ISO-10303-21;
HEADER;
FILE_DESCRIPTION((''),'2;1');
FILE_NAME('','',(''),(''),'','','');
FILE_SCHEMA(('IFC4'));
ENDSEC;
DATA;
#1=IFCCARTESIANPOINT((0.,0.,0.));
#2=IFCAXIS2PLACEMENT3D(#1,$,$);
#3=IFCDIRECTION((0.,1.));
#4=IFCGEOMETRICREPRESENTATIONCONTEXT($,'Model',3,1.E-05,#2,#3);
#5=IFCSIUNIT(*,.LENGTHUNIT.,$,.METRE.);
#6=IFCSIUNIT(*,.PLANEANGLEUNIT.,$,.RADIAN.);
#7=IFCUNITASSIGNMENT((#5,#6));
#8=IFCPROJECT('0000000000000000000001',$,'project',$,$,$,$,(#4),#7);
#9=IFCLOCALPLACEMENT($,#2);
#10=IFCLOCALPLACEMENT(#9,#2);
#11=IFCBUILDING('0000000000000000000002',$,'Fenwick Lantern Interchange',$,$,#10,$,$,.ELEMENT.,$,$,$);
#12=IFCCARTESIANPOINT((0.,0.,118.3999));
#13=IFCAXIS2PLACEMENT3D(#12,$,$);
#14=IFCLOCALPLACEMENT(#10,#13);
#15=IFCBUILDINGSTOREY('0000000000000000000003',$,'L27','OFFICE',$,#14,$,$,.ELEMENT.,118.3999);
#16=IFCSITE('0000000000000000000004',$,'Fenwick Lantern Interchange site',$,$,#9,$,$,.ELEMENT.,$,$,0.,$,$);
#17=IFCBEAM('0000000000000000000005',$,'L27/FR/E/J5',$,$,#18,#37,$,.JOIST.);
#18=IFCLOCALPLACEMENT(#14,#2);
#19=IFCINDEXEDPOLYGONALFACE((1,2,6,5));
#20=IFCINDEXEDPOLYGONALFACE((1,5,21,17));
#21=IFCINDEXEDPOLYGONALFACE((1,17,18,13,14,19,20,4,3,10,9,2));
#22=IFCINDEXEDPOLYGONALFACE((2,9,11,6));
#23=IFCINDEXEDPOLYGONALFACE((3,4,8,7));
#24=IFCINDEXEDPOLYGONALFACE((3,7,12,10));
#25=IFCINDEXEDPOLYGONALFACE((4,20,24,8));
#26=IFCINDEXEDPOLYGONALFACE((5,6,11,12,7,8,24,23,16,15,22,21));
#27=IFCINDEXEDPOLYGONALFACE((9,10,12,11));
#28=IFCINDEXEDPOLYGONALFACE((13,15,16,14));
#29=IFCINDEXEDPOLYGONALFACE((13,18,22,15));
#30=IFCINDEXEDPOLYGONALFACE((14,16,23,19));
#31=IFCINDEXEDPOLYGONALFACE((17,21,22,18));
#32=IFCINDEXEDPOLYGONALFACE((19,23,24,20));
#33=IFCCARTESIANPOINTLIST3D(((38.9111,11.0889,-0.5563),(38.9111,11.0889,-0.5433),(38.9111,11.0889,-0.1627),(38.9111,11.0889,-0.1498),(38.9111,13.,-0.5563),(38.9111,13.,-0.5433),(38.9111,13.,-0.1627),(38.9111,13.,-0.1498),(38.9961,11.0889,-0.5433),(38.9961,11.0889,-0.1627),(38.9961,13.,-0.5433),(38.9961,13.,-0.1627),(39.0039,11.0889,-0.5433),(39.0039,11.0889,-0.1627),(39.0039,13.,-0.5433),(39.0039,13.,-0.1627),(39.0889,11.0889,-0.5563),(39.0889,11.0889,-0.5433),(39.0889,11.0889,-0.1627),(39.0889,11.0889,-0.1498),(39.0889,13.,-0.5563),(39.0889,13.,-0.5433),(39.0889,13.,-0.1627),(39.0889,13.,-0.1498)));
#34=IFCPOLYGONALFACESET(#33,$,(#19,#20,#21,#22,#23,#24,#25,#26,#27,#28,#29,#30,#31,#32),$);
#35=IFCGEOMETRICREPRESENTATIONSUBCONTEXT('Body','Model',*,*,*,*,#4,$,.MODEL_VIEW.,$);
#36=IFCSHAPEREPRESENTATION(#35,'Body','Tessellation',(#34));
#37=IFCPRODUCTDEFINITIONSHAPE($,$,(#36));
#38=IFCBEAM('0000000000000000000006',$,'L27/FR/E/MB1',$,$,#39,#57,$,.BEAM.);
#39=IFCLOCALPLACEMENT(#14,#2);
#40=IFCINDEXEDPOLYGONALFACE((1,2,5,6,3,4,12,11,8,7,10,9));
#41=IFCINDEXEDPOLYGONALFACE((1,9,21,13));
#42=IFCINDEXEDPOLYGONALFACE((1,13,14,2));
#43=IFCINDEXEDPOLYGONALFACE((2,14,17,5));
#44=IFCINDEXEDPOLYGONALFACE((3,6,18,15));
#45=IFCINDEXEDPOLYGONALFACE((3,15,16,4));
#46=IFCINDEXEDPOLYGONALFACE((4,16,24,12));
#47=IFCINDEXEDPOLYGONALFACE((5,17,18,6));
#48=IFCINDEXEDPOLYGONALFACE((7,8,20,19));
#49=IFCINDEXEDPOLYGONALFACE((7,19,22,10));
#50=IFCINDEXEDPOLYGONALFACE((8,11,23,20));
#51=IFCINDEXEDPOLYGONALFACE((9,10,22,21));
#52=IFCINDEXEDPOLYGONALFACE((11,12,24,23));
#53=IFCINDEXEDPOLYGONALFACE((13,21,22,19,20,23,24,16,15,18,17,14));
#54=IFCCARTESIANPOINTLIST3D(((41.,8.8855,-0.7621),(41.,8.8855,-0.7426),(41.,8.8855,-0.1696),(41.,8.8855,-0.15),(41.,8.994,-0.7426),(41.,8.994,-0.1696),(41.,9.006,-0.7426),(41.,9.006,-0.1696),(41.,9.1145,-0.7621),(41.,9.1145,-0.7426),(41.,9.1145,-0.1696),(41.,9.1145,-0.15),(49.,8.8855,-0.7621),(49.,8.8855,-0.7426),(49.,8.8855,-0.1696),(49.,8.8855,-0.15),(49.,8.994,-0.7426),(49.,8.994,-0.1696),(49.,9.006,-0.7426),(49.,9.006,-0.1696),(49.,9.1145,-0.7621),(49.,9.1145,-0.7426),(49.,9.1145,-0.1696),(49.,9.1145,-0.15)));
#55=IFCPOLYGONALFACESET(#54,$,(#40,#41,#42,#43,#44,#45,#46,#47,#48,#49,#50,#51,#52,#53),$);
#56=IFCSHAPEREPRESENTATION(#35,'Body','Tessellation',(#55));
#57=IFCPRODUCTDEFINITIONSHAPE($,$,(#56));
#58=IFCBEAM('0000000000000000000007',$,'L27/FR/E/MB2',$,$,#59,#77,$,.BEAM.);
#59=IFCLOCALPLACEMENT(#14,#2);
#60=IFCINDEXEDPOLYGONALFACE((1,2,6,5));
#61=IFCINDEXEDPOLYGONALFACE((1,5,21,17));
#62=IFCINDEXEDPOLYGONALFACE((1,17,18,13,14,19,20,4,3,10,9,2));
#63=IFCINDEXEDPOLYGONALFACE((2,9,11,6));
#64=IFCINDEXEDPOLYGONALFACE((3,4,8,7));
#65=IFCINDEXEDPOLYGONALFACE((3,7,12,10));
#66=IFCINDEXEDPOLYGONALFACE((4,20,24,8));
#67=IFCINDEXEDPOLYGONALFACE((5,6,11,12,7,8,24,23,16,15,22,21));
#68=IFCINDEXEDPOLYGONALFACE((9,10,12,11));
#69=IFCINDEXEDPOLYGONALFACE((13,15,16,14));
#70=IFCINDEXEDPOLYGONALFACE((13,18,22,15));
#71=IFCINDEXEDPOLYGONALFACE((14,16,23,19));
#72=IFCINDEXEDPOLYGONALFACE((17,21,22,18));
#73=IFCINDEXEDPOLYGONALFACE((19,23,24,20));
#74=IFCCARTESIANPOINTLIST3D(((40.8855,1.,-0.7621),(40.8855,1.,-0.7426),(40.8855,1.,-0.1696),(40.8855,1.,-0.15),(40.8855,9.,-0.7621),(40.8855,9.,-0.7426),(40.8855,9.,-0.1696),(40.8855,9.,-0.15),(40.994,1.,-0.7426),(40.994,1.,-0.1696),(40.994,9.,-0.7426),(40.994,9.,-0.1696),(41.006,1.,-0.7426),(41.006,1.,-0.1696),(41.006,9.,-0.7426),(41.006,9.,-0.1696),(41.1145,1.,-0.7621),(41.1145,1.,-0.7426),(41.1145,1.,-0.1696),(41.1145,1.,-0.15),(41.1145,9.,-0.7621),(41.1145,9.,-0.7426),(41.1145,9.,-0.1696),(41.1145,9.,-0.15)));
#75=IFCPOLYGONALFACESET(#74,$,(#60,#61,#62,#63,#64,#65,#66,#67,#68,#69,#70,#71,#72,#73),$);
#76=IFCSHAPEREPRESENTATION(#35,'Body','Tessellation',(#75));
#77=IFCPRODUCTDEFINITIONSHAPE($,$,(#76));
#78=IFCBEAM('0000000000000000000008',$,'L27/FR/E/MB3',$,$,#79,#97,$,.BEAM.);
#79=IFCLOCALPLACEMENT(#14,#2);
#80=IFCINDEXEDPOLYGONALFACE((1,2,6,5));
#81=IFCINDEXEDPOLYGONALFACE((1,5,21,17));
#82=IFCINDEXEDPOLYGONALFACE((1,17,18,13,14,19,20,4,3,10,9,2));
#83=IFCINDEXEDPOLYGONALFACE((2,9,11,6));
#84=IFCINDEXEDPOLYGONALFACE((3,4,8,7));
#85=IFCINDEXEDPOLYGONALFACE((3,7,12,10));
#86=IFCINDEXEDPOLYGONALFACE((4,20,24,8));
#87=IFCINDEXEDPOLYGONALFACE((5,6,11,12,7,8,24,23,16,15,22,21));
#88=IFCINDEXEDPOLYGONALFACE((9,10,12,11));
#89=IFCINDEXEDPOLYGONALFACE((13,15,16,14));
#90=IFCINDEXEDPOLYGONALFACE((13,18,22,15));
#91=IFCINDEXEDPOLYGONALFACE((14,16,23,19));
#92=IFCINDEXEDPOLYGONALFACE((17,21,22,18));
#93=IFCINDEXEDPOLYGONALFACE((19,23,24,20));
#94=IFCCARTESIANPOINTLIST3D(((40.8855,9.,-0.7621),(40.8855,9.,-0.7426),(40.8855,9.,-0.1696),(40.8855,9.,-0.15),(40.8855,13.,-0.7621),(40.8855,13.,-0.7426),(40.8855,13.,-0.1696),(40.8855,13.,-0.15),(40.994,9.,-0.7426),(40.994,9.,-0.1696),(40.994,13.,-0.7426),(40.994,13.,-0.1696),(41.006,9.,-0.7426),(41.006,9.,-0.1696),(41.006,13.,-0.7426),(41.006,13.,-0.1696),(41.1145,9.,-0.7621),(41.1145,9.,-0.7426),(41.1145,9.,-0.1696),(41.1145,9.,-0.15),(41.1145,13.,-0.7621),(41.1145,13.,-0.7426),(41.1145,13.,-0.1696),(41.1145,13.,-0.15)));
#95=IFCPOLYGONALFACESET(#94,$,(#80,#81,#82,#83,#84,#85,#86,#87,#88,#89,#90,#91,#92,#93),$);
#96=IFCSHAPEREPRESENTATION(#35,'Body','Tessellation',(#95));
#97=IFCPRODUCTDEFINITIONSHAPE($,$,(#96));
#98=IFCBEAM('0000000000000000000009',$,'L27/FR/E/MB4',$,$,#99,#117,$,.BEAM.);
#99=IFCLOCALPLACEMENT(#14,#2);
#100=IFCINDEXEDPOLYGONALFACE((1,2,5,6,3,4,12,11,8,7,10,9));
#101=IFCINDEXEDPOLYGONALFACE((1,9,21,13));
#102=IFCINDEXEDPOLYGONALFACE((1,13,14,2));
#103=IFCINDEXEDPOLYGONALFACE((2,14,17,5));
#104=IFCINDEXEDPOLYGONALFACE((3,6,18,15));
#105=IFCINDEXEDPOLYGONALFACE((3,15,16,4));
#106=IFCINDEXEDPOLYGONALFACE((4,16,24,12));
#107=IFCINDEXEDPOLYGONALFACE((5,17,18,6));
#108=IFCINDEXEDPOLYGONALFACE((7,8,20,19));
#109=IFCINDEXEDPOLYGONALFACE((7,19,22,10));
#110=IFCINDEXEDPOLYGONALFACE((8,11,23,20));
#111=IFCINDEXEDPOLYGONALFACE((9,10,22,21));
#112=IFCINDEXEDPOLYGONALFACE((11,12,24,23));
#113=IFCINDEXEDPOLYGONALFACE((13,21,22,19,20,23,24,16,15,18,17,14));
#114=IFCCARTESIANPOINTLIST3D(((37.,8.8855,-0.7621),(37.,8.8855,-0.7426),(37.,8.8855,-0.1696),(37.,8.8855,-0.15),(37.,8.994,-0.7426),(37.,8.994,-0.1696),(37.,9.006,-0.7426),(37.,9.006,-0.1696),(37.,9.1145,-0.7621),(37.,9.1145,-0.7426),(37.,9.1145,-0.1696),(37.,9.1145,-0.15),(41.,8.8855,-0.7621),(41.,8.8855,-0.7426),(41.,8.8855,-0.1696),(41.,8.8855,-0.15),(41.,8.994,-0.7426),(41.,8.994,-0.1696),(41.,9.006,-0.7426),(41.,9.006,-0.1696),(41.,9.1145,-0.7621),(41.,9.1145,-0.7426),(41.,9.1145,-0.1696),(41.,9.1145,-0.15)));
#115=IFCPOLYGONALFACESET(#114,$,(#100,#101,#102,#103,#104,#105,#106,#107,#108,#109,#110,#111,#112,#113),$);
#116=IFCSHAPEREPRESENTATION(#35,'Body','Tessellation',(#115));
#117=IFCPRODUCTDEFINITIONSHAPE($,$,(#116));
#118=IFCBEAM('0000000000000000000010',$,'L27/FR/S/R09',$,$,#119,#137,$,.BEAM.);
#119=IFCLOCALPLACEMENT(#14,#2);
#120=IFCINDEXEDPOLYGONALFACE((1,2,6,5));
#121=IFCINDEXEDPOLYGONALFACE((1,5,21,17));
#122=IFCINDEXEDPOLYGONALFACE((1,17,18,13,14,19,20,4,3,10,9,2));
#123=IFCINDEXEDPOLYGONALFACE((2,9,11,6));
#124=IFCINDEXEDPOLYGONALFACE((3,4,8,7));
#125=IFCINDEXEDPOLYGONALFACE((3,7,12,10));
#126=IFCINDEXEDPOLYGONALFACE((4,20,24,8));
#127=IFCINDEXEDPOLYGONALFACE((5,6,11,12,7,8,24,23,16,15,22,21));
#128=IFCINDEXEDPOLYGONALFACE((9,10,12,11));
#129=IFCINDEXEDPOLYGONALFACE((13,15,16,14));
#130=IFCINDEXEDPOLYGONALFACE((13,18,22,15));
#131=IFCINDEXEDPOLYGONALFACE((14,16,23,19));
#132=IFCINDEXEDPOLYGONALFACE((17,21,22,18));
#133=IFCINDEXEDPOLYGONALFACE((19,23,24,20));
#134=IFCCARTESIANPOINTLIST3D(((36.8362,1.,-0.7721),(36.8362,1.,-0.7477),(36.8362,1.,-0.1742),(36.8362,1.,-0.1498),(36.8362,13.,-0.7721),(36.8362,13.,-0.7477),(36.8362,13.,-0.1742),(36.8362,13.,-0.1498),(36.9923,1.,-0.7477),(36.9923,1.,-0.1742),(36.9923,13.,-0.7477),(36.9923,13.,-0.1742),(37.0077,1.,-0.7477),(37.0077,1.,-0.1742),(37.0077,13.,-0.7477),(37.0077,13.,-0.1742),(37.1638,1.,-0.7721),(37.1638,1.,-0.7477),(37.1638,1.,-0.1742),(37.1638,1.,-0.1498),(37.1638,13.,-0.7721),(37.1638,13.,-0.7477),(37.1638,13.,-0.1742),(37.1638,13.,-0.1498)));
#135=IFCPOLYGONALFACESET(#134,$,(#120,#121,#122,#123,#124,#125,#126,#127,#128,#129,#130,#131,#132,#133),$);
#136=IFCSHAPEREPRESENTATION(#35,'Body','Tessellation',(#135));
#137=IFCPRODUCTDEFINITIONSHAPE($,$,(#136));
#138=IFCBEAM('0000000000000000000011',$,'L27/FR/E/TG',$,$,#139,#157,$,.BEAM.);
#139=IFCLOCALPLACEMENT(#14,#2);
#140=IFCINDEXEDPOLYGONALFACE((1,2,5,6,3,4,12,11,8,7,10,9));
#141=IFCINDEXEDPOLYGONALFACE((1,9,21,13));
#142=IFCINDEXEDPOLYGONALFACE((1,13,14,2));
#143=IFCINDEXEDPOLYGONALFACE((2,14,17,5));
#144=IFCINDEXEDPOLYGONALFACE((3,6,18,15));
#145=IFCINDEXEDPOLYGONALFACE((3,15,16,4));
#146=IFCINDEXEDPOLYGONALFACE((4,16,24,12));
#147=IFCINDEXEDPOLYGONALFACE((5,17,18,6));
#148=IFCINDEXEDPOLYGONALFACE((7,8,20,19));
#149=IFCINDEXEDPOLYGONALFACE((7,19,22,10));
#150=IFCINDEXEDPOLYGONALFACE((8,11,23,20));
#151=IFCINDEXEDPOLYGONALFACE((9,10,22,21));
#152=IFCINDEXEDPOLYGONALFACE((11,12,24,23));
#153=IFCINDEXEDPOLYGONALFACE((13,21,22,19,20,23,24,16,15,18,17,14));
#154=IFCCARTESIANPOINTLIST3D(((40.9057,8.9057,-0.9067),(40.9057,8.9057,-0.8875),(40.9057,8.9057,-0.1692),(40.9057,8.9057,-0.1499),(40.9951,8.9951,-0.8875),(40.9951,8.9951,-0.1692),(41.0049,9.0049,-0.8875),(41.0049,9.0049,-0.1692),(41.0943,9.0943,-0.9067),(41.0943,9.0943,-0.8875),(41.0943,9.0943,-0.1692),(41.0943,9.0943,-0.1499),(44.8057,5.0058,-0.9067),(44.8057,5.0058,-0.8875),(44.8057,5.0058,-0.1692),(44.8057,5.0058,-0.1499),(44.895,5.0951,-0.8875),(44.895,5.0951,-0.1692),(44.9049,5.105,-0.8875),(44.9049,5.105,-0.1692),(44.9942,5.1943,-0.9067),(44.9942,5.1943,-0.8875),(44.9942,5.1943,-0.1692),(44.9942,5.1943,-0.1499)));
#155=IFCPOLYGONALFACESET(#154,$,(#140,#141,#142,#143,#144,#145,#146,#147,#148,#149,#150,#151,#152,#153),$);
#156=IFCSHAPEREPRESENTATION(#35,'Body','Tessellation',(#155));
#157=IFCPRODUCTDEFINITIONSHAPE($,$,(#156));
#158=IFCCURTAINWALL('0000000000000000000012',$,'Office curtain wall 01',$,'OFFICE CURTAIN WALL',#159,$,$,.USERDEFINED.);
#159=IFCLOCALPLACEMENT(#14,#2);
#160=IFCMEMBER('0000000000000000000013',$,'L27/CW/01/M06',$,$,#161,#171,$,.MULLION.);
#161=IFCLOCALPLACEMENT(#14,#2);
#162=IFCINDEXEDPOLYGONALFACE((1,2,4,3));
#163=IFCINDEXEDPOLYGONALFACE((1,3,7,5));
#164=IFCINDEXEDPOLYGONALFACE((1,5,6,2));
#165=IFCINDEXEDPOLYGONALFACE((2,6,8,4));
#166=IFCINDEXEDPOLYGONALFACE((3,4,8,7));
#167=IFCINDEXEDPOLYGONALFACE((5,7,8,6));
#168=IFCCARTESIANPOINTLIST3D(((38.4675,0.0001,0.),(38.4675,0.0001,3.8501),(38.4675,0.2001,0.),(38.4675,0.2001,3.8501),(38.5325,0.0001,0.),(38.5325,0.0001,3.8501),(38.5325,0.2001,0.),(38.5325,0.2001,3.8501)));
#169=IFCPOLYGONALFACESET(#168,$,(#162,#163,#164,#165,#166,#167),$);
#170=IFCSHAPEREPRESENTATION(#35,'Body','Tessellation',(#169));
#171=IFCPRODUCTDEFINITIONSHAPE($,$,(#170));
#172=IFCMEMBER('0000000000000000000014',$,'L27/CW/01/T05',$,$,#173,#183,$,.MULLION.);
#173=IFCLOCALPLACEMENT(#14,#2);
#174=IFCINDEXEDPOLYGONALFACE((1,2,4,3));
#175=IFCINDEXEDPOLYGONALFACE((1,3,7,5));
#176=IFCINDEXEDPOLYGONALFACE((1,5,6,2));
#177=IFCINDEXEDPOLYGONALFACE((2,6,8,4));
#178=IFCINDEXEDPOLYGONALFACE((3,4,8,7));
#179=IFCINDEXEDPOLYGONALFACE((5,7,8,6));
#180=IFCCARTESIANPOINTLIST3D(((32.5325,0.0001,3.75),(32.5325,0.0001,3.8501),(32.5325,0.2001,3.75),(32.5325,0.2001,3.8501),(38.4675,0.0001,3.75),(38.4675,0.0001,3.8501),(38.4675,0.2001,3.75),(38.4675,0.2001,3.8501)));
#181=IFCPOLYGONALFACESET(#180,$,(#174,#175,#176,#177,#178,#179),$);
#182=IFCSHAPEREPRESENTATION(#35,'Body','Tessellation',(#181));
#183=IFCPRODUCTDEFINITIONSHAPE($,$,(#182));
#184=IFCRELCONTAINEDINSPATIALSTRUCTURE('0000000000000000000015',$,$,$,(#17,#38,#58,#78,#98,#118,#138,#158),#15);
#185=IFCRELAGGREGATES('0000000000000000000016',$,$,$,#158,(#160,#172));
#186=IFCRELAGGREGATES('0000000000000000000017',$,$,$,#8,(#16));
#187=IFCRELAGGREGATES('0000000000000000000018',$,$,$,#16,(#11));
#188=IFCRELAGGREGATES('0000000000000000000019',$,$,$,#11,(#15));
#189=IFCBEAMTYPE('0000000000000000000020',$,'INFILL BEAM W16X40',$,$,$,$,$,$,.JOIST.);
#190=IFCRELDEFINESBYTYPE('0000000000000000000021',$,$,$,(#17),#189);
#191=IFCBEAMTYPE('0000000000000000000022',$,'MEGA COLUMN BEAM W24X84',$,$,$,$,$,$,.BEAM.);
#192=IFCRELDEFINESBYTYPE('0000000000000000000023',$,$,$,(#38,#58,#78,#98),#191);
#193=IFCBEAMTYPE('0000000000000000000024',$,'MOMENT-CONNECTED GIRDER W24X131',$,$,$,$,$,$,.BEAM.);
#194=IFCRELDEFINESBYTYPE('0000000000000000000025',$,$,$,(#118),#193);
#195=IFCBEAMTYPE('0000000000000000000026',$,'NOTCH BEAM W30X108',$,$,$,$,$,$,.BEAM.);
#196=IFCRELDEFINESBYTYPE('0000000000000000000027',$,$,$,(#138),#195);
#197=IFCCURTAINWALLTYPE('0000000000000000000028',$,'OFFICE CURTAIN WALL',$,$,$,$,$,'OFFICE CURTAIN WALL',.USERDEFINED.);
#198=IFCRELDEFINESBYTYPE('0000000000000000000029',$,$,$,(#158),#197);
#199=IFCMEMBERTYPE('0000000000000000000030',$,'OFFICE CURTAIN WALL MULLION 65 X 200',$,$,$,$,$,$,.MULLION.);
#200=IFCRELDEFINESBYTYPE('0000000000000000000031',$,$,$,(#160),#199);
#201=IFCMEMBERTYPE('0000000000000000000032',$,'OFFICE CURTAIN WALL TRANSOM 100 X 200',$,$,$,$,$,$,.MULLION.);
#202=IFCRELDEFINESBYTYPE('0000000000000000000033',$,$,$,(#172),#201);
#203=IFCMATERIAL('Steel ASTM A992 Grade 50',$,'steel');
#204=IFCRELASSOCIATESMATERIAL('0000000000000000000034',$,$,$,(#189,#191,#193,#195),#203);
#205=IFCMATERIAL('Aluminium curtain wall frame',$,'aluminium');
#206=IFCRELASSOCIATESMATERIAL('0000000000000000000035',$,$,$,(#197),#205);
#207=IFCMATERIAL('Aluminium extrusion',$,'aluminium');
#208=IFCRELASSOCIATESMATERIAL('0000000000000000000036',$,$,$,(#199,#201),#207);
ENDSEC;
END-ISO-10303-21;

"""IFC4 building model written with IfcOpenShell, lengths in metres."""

from ifc_helpers import new_model, si_unit, direction, frame, origin, origin_2d, place, context, subcontext, project, spatial, rectangle, i_section, extrude, material, material_profile, profile_set, type_object, element, aggregate, save


model = new_model("IFC4")

# Units and contexts
model_context = context("Model", 3, precision=1e-05, world=origin(), true_north=direction((0.0, 1.0)))
body_context = subcontext(model_context, "Body", "Model", "MODEL_VIEW")
ifc_project = project(units=[si_unit("LENGTHUNIT", "METRE"), si_unit("PLANEANGLEUNIT", "RADIAN")], contexts=[model_context])

# Site, building, storey
site_placement = place(None, origin())
site = spatial("IfcSite", under=ifc_project, at=site_placement, Name="Fenwick Lantern Interchange site", CompositionType="ELEMENT", RefElevation=0.0)
building_placement = place(site_placement, origin())
building = spatial("IfcBuilding", under=site, at=building_placement, Name="Fenwick Lantern Interchange", CompositionType="ELEMENT")
storey_placement = place(building_placement, frame((0.0, 0.0, 118.3999)))
storey = spatial("IfcBuildingStorey", under=building, at=storey_placement, Name="L27", Description="OFFICE", CompositionType="ELEMENT", Elevation=118.3999)

# Beams
ifc_material_1 = material(Name="Steel ASTM A992 Grade 50", Category="steel")
ifc_material_profile_1 = material_profile(ifc_material_1, i_section(OverallWidth=0.1777, OverallDepth=0.4065, WebThickness=0.0078, FlangeThickness=0.0129, at=origin_2d()), Name="W16X40")
ifc_profile_set_1 = profile_set([ifc_material_profile_1], Name="Steel ASTM A992 Grade 50")
beam_type_1 = type_object("IfcBeamType", Name="INFILL BEAM W16X40", PredefinedType="JOIST", material=ifc_profile_set_1)
beam_1_placement = place(storey_placement, frame((39.0, 11.0889, -0.353), z_axis=(0.0, 1.0, 0.0), x_axis=(-1.0, 0.0, 0.0)))
element("IfcBeam", 1, at=beam_1_placement, inside=storey, type_object=beam_type_1, Name="L27/FR/E/J5", PredefinedType="JOIST", context=body_context, shape_type="SweptSolid", body=[
    extrude(i_section(OverallWidth=0.1777, OverallDepth=0.4065, WebThickness=0.0078, FlangeThickness=0.0129, at=origin_2d()), origin(), (0.0, 0.0, 1.0), 1.9111),
])
ifc_material_profile_2 = material_profile(ifc_material_1, i_section(OverallWidth=0.229, OverallDepth=0.6121, WebThickness=0.012, FlangeThickness=0.0195, at=origin_2d()), Name="W24X84")
ifc_profile_set_2 = profile_set([ifc_material_profile_2], Name="Steel ASTM A992 Grade 50")
beam_type_2 = type_object("IfcBeamType", Name="MEGA COLUMN BEAM W24X84", PredefinedType="BEAM", material=ifc_profile_set_2)
for number, where, z_axis, x_axis, name in (
    (2, (41.0, 9.0, -0.4561), (1.0, 0.0, 0.0), (0.0, 1.0, 0.0), "L27/FR/E/MB1"),
    (3, (41.0, 9.0, -0.4561), (0.0, -1.0, 0.0), (1.0, 0.0, 0.0), "L27/FR/E/MB2"),
):
    element("IfcBeam", number, at=place(storey_placement, frame(where, z_axis=z_axis, x_axis=x_axis)), inside=storey, type_object=beam_type_2, Name=name, PredefinedType="BEAM", context=body_context, shape_type="SweptSolid", body=[
        extrude(i_section(OverallWidth=0.229, OverallDepth=0.6121, WebThickness=0.012, FlangeThickness=0.0195, at=origin_2d()), origin(), (0.0, 0.0, 1.0), 8.0),
    ])
for number, where, z_axis, x_axis, name in (
    (4, (41.0, 9.0, -0.4561), (0.0, 1.0, 0.0), (-1.0, 0.0, 0.0), "L27/FR/E/MB3"),
    (5, (41.0, 9.0, -0.4561), (-1.0, 0.0, 0.0), (0.0, -1.0, 0.0), "L27/FR/E/MB4"),
):
    element("IfcBeam", number, at=place(storey_placement, frame(where, z_axis=z_axis, x_axis=x_axis)), inside=storey, type_object=beam_type_2, Name=name, PredefinedType="BEAM", context=body_context, shape_type="SweptSolid", body=[
        extrude(i_section(OverallWidth=0.229, OverallDepth=0.6121, WebThickness=0.012, FlangeThickness=0.0195, at=origin_2d()), origin(), (0.0, 0.0, 1.0), 4.0),
    ])
ifc_material_profile_3 = material_profile(ifc_material_1, i_section(OverallWidth=0.3276, OverallDepth=0.6223, WebThickness=0.0154, FlangeThickness=0.0244, at=origin_2d()), Name="W24X131")
ifc_profile_set_3 = profile_set([ifc_material_profile_3], Name="Steel ASTM A992 Grade 50")
beam_type_3 = type_object("IfcBeamType", Name="MOMENT-CONNECTED GIRDER W24X131", PredefinedType="BEAM", material=ifc_profile_set_3)
beam_2_placement = place(storey_placement, frame((37.0, 1.0, -0.4609), z_axis=(0.0, 1.0, 0.0), x_axis=(-1.0, 0.0, 0.0)))
element("IfcBeam", 6, at=beam_2_placement, inside=storey, type_object=beam_type_3, Name="L27/FR/S/R09", PredefinedType="BEAM", context=body_context, shape_type="SweptSolid", body=[
    extrude(i_section(OverallWidth=0.3276, OverallDepth=0.6223, WebThickness=0.0154, FlangeThickness=0.0244, at=origin_2d()), origin(), (0.0, 0.0, 1.0), 12.0),
])
ifc_material_profile_4 = material_profile(ifc_material_1, i_section(OverallWidth=0.2666, OverallDepth=0.7568, WebThickness=0.0139, FlangeThickness=0.0193, at=origin_2d()), Name="W30X108")
ifc_profile_set_4 = profile_set([ifc_material_profile_4], Name="Steel ASTM A992 Grade 50")
beam_type_4 = type_object("IfcBeamType", Name="NOTCH BEAM W30X108", PredefinedType="BEAM", material=ifc_profile_set_4)
beam_3_placement = place(storey_placement, frame((41.0, 9.0, -0.5283), z_axis=(0.707107, -0.707107, 0.0), x_axis=(0.707107, 0.707107, 0.0)))
element("IfcBeam", 7, at=beam_3_placement, inside=storey, type_object=beam_type_4, Name="L27/FR/E/TG", PredefinedType="BEAM", context=body_context, shape_type="SweptSolid", body=[
    extrude(i_section(OverallWidth=0.2666, OverallDepth=0.7568, WebThickness=0.0139, FlangeThickness=0.0193, at=origin_2d()), origin(), (0.0, 0.0, 1.0), 5.5154),
])

# Curtain wall, members
ifc_material_2 = material(Name="Aluminium curtain wall frame", Category="aluminium")
curtain_wall_type = type_object("IfcCurtainWallType", Name="OFFICE CURTAIN WALL", ElementType="OFFICE CURTAIN WALL", PredefinedType="USERDEFINED", material=ifc_material_2)
curtain_wall_placement = place(storey_placement, origin())
curtain_wall = element("IfcCurtainWall", 8, at=curtain_wall_placement, inside=storey, type_object=curtain_wall_type, Name="Office curtain wall 01", ObjectType="OFFICE CURTAIN WALL", PredefinedType="USERDEFINED")
ifc_material_3 = material(Name="Aluminium extrusion", Category="aluminium")
ifc_material_profile_5 = material_profile(ifc_material_3, rectangle(XDim=0.2, YDim=0.0649, at=origin_2d()), Name="OFFICE CURTAIN WALL MULLION 65 X 200")
ifc_profile_set_5 = profile_set([ifc_material_profile_5], Name="Aluminium extrusion")
member_type_1 = type_object("IfcMemberType", Name="OFFICE CURTAIN WALL MULLION 65 X 200", PredefinedType="MULLION", material=ifc_profile_set_5)
member_1_placement = place(storey_placement, frame((38.5, 0.1001, 0.0), z_axis=(0.0, 0.0, 1.0), x_axis=(0.0, 1.0, 0.0)))
member_1 = element("IfcMember", 9, at=member_1_placement, type_object=member_type_1, Name="L27/CW/01/M06", PredefinedType="MULLION", context=body_context, shape_type="SweptSolid", body=[
    extrude(rectangle(XDim=0.2, YDim=0.0649, at=origin_2d()), origin(), (0.0, 0.0, 1.0), 3.8501),
])
ifc_material_profile_6 = material_profile(ifc_material_3, rectangle(XDim=0.2, YDim=0.1001, at=origin_2d()), Name="OFFICE CURTAIN WALL TRANSOM 100 X 200")
ifc_profile_set_6 = profile_set([ifc_material_profile_6], Name="Aluminium extrusion")
member_type_2 = type_object("IfcMemberType", Name="OFFICE CURTAIN WALL TRANSOM 100 X 200", PredefinedType="MULLION", material=ifc_profile_set_6)
member_2_placement = place(storey_placement, frame((32.5325, 0.1001, 3.8), z_axis=(1.0, 0.0, 0.0), x_axis=(0.0, 1.0, 0.0)))
member_2 = element("IfcMember", 10, at=member_2_placement, type_object=member_type_2, Name="L27/CW/01/T05", PredefinedType="MULLION", context=body_context, shape_type="SweptSolid", body=[
    extrude(rectangle(XDim=0.2, YDim=0.1001, at=origin_2d()), origin(), (0.0, 0.0, 1.0), 5.9351),
])
aggregate(curtain_wall, [member_1, member_2])

save(model, "model.ifc")
